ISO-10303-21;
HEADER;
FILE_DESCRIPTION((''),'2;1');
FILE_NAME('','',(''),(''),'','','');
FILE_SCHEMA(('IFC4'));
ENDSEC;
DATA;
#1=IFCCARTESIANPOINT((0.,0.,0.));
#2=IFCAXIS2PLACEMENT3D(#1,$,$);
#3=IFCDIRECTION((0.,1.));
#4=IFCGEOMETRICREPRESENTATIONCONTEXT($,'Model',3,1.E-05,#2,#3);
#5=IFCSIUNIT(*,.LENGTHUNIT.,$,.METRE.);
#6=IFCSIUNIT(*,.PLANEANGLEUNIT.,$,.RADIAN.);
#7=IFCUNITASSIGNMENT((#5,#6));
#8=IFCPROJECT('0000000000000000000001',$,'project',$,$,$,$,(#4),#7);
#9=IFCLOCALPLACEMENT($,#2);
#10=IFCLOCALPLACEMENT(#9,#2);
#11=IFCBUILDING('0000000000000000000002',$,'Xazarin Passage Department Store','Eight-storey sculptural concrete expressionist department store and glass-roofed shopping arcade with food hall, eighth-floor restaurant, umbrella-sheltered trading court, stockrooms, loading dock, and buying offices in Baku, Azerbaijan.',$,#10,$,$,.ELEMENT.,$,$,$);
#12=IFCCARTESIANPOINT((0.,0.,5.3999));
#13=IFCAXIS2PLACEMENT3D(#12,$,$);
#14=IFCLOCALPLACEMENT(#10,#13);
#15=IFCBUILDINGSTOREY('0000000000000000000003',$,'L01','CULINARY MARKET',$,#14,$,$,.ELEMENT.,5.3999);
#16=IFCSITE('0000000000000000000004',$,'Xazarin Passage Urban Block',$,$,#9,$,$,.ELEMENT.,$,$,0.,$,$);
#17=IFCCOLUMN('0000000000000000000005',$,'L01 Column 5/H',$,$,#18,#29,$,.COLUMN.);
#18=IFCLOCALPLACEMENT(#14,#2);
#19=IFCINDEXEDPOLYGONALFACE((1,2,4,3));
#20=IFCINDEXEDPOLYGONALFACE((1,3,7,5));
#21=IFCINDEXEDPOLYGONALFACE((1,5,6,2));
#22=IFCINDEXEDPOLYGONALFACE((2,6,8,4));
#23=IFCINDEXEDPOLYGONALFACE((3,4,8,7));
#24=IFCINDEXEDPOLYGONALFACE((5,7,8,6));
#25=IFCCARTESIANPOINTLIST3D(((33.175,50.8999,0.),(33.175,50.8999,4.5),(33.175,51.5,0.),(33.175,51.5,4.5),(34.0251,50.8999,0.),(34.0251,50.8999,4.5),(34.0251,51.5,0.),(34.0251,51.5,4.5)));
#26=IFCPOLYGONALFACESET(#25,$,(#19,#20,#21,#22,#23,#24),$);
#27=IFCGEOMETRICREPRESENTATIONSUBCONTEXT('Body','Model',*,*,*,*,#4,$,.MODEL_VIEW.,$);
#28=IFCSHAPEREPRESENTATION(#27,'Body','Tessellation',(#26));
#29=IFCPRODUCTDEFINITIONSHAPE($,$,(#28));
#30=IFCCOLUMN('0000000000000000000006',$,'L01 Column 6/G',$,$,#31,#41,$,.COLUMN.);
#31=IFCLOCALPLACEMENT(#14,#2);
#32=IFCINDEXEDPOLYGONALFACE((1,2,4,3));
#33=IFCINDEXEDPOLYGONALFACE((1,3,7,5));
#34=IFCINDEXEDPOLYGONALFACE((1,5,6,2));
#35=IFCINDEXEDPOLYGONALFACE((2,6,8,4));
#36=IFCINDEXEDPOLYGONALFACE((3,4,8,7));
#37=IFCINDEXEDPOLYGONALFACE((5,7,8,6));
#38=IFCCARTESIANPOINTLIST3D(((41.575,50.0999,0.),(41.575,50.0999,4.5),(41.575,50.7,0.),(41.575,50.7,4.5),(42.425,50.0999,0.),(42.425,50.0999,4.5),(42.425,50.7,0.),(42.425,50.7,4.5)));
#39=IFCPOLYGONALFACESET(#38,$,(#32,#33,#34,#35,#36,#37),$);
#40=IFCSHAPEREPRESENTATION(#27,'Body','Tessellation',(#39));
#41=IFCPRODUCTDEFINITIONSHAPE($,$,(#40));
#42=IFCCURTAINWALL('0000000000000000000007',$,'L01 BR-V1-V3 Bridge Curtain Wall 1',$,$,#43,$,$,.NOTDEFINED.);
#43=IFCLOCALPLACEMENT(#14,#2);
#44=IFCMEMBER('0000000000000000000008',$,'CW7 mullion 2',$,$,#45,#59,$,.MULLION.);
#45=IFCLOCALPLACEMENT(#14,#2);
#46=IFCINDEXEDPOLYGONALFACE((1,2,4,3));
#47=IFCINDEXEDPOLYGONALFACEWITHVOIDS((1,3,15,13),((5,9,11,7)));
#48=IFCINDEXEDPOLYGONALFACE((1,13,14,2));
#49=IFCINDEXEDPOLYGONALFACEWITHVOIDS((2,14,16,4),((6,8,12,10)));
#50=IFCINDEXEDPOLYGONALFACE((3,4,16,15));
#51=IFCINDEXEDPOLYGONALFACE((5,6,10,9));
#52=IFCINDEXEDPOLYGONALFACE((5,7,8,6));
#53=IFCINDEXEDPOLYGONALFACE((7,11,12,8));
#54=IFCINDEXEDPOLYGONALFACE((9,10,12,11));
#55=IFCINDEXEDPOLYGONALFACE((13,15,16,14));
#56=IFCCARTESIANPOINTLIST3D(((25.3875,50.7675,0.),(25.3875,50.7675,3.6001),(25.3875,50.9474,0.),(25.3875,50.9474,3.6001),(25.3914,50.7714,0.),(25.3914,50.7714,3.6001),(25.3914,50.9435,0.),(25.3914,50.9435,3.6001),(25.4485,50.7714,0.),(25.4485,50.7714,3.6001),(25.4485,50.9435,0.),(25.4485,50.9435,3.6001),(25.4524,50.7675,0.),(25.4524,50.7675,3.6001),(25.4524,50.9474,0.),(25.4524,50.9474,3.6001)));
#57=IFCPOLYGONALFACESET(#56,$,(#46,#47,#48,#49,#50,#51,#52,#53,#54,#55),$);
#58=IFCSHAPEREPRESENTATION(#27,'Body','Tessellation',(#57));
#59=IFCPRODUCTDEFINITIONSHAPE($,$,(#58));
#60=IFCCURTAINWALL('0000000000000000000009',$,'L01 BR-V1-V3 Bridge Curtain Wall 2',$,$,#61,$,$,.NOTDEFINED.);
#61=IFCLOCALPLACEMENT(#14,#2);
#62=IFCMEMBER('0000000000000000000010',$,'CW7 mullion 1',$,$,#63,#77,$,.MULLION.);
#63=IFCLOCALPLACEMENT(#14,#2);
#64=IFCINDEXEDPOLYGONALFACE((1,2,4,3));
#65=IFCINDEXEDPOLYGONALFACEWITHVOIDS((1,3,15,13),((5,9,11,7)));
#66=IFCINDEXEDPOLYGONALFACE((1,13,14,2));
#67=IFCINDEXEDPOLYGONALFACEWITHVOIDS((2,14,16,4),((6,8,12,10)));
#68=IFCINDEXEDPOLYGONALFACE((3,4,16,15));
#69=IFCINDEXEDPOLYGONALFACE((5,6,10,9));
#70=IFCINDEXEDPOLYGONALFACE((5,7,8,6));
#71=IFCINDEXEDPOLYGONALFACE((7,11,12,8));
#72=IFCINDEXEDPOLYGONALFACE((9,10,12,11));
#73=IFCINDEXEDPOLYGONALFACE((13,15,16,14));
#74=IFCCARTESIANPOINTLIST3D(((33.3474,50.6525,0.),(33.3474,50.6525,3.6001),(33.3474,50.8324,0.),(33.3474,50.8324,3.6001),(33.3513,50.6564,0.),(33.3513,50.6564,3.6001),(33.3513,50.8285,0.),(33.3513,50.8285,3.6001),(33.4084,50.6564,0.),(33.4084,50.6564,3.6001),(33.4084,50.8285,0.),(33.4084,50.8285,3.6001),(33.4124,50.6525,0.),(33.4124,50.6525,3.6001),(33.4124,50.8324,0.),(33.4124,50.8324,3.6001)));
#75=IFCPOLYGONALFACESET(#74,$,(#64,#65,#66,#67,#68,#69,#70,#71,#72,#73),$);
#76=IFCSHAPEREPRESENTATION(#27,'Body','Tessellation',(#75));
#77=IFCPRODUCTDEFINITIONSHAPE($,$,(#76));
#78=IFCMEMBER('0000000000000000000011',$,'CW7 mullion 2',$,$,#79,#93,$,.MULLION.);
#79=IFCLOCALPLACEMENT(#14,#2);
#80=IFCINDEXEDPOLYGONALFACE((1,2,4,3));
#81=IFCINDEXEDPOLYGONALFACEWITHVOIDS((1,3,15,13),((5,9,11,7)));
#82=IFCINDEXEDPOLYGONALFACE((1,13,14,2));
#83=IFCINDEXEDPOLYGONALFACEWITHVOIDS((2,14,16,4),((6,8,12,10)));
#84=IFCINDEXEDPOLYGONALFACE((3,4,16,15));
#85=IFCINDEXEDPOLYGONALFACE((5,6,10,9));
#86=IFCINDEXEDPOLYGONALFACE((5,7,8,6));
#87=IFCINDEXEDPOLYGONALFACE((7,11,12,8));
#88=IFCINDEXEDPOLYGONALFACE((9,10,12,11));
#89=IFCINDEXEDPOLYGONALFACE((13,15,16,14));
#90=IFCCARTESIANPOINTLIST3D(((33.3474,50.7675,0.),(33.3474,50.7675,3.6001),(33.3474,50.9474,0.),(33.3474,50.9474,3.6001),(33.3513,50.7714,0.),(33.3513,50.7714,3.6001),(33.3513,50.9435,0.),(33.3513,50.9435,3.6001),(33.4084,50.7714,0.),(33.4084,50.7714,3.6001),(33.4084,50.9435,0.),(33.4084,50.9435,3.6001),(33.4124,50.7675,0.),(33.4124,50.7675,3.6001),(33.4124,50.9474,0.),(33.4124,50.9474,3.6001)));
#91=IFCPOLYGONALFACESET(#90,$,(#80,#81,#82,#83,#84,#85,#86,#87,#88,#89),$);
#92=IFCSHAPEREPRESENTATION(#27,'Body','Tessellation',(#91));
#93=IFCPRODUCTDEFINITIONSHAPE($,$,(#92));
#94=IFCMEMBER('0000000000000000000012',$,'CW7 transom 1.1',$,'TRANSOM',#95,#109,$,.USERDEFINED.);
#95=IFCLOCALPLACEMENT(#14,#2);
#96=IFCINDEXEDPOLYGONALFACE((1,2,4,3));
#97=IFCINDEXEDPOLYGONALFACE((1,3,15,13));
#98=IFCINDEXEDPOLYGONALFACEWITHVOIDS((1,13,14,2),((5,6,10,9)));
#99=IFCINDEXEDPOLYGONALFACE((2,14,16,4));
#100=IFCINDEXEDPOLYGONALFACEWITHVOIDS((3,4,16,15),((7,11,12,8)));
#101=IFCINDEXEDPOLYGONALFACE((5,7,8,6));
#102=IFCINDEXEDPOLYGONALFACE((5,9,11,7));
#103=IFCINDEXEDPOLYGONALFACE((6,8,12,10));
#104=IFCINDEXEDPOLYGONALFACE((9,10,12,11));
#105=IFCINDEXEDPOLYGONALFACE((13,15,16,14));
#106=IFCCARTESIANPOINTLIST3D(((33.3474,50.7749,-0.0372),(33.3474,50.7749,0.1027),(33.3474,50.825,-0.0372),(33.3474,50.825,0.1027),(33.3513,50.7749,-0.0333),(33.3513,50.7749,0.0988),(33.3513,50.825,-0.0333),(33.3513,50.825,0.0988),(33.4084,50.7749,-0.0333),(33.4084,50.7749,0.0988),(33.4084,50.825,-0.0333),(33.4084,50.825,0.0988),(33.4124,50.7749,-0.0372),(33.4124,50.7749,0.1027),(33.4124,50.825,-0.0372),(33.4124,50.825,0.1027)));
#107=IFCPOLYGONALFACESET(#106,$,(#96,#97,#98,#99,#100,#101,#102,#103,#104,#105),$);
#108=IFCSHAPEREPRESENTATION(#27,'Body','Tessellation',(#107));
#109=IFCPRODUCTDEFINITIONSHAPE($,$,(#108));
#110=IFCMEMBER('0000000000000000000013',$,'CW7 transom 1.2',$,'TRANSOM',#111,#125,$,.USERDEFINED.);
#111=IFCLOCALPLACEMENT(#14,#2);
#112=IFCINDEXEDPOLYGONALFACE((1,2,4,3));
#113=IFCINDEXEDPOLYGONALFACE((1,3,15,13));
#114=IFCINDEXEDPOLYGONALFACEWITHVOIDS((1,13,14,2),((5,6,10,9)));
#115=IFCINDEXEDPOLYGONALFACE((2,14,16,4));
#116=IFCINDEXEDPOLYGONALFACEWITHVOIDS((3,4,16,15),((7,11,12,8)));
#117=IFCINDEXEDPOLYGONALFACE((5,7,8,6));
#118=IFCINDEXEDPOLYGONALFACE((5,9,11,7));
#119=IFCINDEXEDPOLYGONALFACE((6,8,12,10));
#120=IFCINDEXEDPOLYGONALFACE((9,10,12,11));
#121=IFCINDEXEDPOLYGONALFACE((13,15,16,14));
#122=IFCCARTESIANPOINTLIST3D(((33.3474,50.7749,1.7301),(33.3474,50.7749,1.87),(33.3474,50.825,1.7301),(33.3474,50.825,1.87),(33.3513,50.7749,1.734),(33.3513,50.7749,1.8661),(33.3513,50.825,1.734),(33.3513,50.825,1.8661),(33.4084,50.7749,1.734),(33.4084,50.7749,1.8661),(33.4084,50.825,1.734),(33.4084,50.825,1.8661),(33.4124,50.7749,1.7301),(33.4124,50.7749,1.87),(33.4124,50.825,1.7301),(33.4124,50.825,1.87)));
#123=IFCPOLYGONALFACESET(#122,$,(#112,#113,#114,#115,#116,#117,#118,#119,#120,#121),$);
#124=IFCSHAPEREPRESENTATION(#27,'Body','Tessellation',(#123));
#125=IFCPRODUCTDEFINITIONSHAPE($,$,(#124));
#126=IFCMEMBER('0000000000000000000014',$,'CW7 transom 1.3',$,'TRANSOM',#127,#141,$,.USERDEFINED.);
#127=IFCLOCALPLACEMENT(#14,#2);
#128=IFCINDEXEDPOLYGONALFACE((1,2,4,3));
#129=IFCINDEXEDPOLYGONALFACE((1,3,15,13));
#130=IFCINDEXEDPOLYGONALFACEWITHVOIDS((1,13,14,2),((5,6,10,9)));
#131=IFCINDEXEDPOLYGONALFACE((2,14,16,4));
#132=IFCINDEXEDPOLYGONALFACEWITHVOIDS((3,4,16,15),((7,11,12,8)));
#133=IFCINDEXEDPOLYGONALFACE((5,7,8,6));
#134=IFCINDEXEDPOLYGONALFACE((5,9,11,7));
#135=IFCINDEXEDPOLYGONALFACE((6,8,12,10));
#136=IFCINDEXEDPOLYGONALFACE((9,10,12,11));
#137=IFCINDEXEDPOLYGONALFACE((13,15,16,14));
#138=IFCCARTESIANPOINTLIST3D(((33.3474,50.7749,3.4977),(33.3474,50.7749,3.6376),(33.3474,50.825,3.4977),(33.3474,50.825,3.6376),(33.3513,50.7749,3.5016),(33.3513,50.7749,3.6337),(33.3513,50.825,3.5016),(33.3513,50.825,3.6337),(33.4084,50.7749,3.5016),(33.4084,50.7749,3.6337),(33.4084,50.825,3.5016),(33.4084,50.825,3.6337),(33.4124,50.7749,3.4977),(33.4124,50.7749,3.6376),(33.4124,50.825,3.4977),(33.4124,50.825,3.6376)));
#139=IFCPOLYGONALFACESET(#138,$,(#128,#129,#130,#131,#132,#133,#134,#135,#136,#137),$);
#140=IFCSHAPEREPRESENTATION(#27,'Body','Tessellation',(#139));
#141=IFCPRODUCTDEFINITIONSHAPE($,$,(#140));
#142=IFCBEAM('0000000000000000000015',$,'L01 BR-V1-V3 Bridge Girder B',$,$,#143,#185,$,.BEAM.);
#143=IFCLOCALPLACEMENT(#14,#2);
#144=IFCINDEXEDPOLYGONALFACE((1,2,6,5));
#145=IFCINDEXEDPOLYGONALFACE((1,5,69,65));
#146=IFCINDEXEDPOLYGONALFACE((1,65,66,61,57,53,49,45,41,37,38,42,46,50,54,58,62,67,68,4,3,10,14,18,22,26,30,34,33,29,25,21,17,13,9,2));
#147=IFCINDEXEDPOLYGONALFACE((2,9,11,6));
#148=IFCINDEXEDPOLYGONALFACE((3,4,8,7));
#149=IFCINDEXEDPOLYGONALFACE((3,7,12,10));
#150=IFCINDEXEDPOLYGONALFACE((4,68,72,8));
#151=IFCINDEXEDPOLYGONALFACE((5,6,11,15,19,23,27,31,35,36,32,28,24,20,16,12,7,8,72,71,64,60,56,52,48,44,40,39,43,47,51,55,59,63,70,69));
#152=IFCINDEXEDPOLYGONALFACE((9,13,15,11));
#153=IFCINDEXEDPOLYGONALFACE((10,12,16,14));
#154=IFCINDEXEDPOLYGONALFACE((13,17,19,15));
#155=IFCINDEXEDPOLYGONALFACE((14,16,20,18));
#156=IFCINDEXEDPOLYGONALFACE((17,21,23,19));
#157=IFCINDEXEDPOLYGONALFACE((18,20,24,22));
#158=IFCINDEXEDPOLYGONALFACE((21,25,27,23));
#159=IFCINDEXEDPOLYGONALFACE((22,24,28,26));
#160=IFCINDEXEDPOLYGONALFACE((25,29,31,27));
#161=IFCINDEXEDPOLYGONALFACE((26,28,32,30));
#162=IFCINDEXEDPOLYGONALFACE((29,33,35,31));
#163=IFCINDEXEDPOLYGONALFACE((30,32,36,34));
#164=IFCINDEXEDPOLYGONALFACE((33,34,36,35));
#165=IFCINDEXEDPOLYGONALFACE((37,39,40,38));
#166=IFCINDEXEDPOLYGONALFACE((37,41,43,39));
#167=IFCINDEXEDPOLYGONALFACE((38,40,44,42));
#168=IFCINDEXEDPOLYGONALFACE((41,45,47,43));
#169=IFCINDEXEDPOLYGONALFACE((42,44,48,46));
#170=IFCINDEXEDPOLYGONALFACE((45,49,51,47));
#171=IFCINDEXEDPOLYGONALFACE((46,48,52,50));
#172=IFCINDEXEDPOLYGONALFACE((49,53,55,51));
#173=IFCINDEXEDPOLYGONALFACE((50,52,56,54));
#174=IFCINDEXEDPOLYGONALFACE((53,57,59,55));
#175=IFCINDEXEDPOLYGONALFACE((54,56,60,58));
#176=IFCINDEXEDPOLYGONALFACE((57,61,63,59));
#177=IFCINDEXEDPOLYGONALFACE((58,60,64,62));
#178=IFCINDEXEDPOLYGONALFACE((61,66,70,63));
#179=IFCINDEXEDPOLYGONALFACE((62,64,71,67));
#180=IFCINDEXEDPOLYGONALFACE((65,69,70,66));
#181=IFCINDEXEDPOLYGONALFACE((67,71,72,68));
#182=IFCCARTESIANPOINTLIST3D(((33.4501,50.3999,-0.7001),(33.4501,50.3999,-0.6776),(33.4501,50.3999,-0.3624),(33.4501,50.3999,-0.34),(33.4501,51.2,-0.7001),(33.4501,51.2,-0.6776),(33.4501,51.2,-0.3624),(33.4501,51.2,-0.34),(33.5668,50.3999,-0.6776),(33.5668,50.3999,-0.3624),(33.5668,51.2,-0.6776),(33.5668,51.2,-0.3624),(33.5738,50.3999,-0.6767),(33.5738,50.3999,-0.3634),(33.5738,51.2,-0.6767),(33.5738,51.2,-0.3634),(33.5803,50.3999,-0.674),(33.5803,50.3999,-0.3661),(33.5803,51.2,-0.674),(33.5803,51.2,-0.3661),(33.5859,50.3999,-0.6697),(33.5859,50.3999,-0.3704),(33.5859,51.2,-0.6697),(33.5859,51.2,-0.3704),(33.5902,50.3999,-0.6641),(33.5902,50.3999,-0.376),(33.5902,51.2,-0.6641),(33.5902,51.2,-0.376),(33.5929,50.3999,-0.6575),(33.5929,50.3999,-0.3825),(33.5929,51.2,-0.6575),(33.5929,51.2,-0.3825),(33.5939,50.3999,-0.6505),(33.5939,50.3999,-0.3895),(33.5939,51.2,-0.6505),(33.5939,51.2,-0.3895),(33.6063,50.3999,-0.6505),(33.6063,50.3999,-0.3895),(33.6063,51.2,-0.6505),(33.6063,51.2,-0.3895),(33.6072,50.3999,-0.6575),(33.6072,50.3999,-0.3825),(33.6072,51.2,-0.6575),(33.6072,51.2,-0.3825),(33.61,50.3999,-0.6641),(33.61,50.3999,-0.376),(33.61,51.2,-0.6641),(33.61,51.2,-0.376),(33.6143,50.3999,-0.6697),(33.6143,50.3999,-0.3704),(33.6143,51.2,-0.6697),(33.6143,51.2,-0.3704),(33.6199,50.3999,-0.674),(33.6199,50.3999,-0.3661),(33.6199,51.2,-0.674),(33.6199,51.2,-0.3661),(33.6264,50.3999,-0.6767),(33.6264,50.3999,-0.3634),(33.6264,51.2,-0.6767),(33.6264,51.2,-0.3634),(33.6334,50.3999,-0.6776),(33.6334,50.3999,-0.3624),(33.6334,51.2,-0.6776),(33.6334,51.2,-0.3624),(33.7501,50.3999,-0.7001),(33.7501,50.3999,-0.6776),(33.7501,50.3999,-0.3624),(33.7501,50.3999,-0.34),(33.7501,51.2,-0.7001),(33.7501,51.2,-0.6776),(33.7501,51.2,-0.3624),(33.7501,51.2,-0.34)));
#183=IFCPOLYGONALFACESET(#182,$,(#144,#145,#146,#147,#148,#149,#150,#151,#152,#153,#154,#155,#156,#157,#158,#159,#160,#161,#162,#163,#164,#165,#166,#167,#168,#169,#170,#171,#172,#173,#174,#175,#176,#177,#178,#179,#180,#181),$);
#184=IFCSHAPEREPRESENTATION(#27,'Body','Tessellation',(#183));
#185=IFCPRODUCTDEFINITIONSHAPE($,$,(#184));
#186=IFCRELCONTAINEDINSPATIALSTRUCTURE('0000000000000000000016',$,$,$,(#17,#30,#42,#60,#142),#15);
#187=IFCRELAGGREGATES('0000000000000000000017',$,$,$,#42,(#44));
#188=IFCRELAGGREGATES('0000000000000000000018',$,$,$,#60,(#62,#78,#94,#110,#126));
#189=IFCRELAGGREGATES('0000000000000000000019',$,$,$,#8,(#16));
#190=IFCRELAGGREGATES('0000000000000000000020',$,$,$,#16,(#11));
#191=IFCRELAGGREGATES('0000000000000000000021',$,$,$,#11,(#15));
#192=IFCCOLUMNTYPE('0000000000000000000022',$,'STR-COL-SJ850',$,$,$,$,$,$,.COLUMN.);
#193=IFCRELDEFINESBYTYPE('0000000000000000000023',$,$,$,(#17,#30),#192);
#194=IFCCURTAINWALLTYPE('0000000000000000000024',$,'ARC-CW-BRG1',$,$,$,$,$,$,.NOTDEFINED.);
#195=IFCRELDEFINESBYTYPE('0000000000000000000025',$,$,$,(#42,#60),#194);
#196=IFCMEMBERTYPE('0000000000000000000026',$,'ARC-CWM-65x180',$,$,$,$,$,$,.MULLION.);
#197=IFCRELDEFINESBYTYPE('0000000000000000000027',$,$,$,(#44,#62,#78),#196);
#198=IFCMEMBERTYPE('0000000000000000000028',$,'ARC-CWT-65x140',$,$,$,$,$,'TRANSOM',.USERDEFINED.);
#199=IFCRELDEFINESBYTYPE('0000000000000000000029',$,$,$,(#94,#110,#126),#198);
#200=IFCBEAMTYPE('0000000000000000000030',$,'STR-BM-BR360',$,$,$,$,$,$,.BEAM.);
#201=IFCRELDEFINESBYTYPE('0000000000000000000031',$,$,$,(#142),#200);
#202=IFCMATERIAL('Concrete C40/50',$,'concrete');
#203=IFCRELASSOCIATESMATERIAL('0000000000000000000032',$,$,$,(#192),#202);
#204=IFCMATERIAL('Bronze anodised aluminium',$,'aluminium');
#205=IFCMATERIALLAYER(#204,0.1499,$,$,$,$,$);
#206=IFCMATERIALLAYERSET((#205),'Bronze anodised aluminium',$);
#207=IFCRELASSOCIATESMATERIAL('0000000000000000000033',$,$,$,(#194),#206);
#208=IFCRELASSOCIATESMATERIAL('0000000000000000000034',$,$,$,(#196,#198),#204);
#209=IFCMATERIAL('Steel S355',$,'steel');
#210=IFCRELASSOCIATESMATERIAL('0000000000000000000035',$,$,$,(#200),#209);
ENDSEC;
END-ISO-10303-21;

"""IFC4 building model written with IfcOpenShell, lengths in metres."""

from ifc_helpers import new_model, si_unit, direction, frame, origin, origin_2d, place, context, subcontext, project, spatial, rectangle, hollow_rectangle, i_section, extrude, material, layer, layer_set, material_profile, profile_set, type_object, element, aggregate, save


model = new_model("IFC4")

# Units and contexts
model_context = context("Model", 3, precision=1e-05, world=origin(), true_north=direction((0.0, 1.0)))
body_context = subcontext(model_context, "Body", "Model", "MODEL_VIEW")
ifc_project = project(units=[si_unit("LENGTHUNIT", "METRE"), si_unit("PLANEANGLEUNIT", "RADIAN")], contexts=[model_context])

# Site, building, storey
site_placement = place(None, origin())
site = spatial("IfcSite", under=ifc_project, at=site_placement, Name="Xazarin Passage Urban Block", CompositionType="ELEMENT", RefElevation=0.0)
building_placement = place(site_placement, origin())
building = spatial("IfcBuilding", under=site, at=building_placement, Name="Xazarin Passage Department Store", Description="Eight-storey sculptural concrete expressionist department store and glass-roofed shopping arcade with food hall, eighth-floor restaurant, umbrella-sheltered trading court, stockrooms, loading dock, and buying offices in Baku, Azerbaijan.", CompositionType="ELEMENT")
storey_placement = place(building_placement, frame((0.0, 0.0, 5.3999)))
storey = spatial("IfcBuildingStorey", under=building, at=storey_placement, Name="L01", Description="CULINARY MARKET", CompositionType="ELEMENT", Elevation=5.3999)

# Columns
ifc_material_1 = material(Name="Concrete C40/50", Category="concrete")
ifc_material_profile_1 = material_profile(ifc_material_1, rectangle(XDim=0.6001, YDim=0.8501, at=origin_2d()), Name="RC 600x850")
ifc_profile_set_1 = profile_set([ifc_material_profile_1], Name="Concrete C40/50")
column_type = type_object("IfcColumnType", Name="STR-COL-SJ850", PredefinedType="COLUMN", material=ifc_profile_set_1)
for number, where, z_axis, x_axis, name in (
    (1, (33.6001, 51.2, 0.0), (0.0, 0.0, 1.0), (0.0, 1.0, 0.0), "L01 Column 5/H"),
    (2, (42.0, 50.3999, 0.0), (0.0, 0.0, 1.0), (0.0, 1.0, 0.0), "L01 Column 6/G"),
):
    element("IfcColumn", number, at=place(storey_placement, frame(where, z_axis=z_axis, x_axis=x_axis)), inside=storey, type_object=column_type, Name=name, PredefinedType="COLUMN", context=body_context, shape_type="SweptSolid", body=[
        extrude(rectangle(XDim=0.6001, YDim=0.8501, at=origin_2d()), origin(), (0.0, 0.0, 1.0), 4.5),
    ])

# Curtain wall, member
ifc_material_2 = material(Name="Bronze anodised aluminium", Category="aluminium")
ifc_layer_1 = layer(ifc_material_2, 0.1499)
ifc_layer_set_1 = layer_set([ifc_layer_1], Name="Bronze anodised aluminium")
curtain_wall_type = type_object("IfcCurtainWallType", Name="ARC-CW-BRG1", PredefinedType="NOTDEFINED", material=ifc_layer_set_1)
curtain_wall_1_placement = place(storey_placement, origin())
curtain_wall_1 = element("IfcCurtainWall", 3, at=curtain_wall_1_placement, inside=storey, type_object=curtain_wall_type, Name="L01 BR-V1-V3 Bridge Curtain Wall 1", PredefinedType="NOTDEFINED")
ifc_material_profile_2 = material_profile(ifc_material_2, hollow_rectangle(XDim=0.0649, YDim=0.1799, WallThickness=0.0039, at=origin_2d()), Name="ALU 65x180")
ifc_profile_set_2 = profile_set([ifc_material_profile_2], Name="Bronze anodised aluminium")
member_type_1 = type_object("IfcMemberType", Name="ARC-CWM-65x180", PredefinedType="MULLION", material=ifc_profile_set_2)
member_1_placement = place(storey_placement, frame((25.4199, 50.8574, 0.0), z_axis=(0.0, 0.0, 1.0), x_axis=(-1.0, 0.0, 0.0)))
member_1 = element("IfcMember", 4, at=member_1_placement, type_object=member_type_1, Name="CW7 mullion 2", PredefinedType="MULLION", context=body_context, shape_type="SweptSolid", body=[
    extrude(hollow_rectangle(XDim=0.0649, YDim=0.1799, WallThickness=0.0039, at=origin_2d()), origin(), (0.0, 0.0, 1.0), 3.6001),
])

# Curtain wall, members
curtain_wall_2_placement = place(storey_placement, origin())
curtain_wall_2 = element("IfcCurtainWall", 5, at=curtain_wall_2_placement, inside=storey, type_object=curtain_wall_type, Name="L01 BR-V1-V3 Bridge Curtain Wall 2", PredefinedType="NOTDEFINED")
member_2_placement = place(storey_placement, frame((33.3799, 50.7424, 0.0), z_axis=(0.0, 0.0, 1.0), x_axis=(-1.0, 0.0, 0.0)))
member_2 = element("IfcMember", 6, at=member_2_placement, type_object=member_type_1, Name="CW7 mullion 1", PredefinedType="MULLION", context=body_context, shape_type="SweptSolid", body=[
    extrude(hollow_rectangle(XDim=0.0649, YDim=0.1799, WallThickness=0.0039, at=origin_2d()), origin(), (0.0, 0.0, 1.0), 3.6001),
])
member_3_placement = place(storey_placement, frame((33.3799, 50.8574, 0.0), z_axis=(0.0, 0.0, 1.0), x_axis=(-1.0, 0.0, 0.0)))
member_3 = element("IfcMember", 7, at=member_3_placement, type_object=member_type_1, Name="CW7 mullion 2", PredefinedType="MULLION", context=body_context, shape_type="SweptSolid", body=[
    extrude(hollow_rectangle(XDim=0.0649, YDim=0.1799, WallThickness=0.0039, at=origin_2d()), origin(), (0.0, 0.0, 1.0), 3.6001),
])
ifc_material_profile_3 = material_profile(ifc_material_2, hollow_rectangle(XDim=0.0649, YDim=0.1399, WallThickness=0.0039, at=origin_2d()), Name="ALU 65x140")
ifc_profile_set_3 = profile_set([ifc_material_profile_3], Name="Bronze anodised aluminium")
member_type_2 = type_object("IfcMemberType", Name="ARC-CWT-65x140", ElementType="TRANSOM", PredefinedType="USERDEFINED", material=ifc_profile_set_3)
member_4_placement = place(storey_placement, frame((33.3799, 50.7749, 0.0327), z_axis=(0.0, 1.0, 0.0), x_axis=(-1.0, 0.0, 0.0)))
member_4 = element("IfcMember", 8, at=member_4_placement, type_object=member_type_2, Name="CW7 transom 1.1", ObjectType="TRANSOM", PredefinedType="USERDEFINED", context=body_context, shape_type="SweptSolid", body=[
    extrude(hollow_rectangle(XDim=0.0649, YDim=0.1399, WallThickness=0.0039, at=origin_2d()), origin(), (0.0, 0.0, 1.0), 0.05),
])
member_5_placement = place(storey_placement, frame((33.3799, 50.7749, 1.8), z_axis=(0.0, 1.0, 0.0), x_axis=(-1.0, 0.0, 0.0)))
member_5 = element("IfcMember", 9, at=member_5_placement, type_object=member_type_2, Name="CW7 transom 1.2", ObjectType="TRANSOM", PredefinedType="USERDEFINED", context=body_context, shape_type="SweptSolid", body=[
    extrude(hollow_rectangle(XDim=0.0649, YDim=0.1399, WallThickness=0.0039, at=origin_2d()), origin(), (0.0, 0.0, 1.0), 0.05),
])
member_6_placement = place(storey_placement, frame((33.3799, 50.7749, 3.5676), z_axis=(0.0, 1.0, 0.0), x_axis=(-1.0, 0.0, 0.0)))
member_6 = element("IfcMember", 10, at=member_6_placement, type_object=member_type_2, Name="CW7 transom 1.3", ObjectType="TRANSOM", PredefinedType="USERDEFINED", context=body_context, shape_type="SweptSolid", body=[
    extrude(hollow_rectangle(XDim=0.0649, YDim=0.1399, WallThickness=0.0039, at=origin_2d()), origin(), (0.0, 0.0, 1.0), 0.05),
])

# Beam
ifc_material_3 = material(Name="Steel S355", Category="steel")
ifc_material_profile_4 = material_profile(ifc_material_3, i_section(OverallWidth=0.3, OverallDepth=0.3601, WebThickness=0.0125, FlangeThickness=0.0225, FilletRadius=0.0271, at=origin_2d()), Name="HEB 360")
ifc_profile_set_4 = profile_set([ifc_material_profile_4], Name="Steel S355")
beam_type_1 = type_object("IfcBeamType", Name="STR-BM-BR360", PredefinedType="BEAM", material=ifc_profile_set_4)
beam_1_placement = place(storey_placement, frame((33.6001, 50.3999, -0.52), z_axis=(0.0, 1.0, 0.0), x_axis=(-1.0, 0.0, 0.0)))
element("IfcBeam", 11, at=beam_1_placement, inside=storey, type_object=beam_type_1, Name="L01 BR-V1-V3 Bridge Girder B", PredefinedType="BEAM", context=body_context, shape_type="SweptSolid", body=[
    extrude(i_section(OverallWidth=0.3, OverallDepth=0.3601, WebThickness=0.0125, FlangeThickness=0.0225, FilletRadius=0.0271, at=origin_2d()), origin(), (0.0, 0.0, 1.0), 0.8),
])

aggregate(curtain_wall_1, [member_1])
aggregate(curtain_wall_2, [member_2, member_3, member_4, member_5, member_6])

save(model, "model.ifc")
